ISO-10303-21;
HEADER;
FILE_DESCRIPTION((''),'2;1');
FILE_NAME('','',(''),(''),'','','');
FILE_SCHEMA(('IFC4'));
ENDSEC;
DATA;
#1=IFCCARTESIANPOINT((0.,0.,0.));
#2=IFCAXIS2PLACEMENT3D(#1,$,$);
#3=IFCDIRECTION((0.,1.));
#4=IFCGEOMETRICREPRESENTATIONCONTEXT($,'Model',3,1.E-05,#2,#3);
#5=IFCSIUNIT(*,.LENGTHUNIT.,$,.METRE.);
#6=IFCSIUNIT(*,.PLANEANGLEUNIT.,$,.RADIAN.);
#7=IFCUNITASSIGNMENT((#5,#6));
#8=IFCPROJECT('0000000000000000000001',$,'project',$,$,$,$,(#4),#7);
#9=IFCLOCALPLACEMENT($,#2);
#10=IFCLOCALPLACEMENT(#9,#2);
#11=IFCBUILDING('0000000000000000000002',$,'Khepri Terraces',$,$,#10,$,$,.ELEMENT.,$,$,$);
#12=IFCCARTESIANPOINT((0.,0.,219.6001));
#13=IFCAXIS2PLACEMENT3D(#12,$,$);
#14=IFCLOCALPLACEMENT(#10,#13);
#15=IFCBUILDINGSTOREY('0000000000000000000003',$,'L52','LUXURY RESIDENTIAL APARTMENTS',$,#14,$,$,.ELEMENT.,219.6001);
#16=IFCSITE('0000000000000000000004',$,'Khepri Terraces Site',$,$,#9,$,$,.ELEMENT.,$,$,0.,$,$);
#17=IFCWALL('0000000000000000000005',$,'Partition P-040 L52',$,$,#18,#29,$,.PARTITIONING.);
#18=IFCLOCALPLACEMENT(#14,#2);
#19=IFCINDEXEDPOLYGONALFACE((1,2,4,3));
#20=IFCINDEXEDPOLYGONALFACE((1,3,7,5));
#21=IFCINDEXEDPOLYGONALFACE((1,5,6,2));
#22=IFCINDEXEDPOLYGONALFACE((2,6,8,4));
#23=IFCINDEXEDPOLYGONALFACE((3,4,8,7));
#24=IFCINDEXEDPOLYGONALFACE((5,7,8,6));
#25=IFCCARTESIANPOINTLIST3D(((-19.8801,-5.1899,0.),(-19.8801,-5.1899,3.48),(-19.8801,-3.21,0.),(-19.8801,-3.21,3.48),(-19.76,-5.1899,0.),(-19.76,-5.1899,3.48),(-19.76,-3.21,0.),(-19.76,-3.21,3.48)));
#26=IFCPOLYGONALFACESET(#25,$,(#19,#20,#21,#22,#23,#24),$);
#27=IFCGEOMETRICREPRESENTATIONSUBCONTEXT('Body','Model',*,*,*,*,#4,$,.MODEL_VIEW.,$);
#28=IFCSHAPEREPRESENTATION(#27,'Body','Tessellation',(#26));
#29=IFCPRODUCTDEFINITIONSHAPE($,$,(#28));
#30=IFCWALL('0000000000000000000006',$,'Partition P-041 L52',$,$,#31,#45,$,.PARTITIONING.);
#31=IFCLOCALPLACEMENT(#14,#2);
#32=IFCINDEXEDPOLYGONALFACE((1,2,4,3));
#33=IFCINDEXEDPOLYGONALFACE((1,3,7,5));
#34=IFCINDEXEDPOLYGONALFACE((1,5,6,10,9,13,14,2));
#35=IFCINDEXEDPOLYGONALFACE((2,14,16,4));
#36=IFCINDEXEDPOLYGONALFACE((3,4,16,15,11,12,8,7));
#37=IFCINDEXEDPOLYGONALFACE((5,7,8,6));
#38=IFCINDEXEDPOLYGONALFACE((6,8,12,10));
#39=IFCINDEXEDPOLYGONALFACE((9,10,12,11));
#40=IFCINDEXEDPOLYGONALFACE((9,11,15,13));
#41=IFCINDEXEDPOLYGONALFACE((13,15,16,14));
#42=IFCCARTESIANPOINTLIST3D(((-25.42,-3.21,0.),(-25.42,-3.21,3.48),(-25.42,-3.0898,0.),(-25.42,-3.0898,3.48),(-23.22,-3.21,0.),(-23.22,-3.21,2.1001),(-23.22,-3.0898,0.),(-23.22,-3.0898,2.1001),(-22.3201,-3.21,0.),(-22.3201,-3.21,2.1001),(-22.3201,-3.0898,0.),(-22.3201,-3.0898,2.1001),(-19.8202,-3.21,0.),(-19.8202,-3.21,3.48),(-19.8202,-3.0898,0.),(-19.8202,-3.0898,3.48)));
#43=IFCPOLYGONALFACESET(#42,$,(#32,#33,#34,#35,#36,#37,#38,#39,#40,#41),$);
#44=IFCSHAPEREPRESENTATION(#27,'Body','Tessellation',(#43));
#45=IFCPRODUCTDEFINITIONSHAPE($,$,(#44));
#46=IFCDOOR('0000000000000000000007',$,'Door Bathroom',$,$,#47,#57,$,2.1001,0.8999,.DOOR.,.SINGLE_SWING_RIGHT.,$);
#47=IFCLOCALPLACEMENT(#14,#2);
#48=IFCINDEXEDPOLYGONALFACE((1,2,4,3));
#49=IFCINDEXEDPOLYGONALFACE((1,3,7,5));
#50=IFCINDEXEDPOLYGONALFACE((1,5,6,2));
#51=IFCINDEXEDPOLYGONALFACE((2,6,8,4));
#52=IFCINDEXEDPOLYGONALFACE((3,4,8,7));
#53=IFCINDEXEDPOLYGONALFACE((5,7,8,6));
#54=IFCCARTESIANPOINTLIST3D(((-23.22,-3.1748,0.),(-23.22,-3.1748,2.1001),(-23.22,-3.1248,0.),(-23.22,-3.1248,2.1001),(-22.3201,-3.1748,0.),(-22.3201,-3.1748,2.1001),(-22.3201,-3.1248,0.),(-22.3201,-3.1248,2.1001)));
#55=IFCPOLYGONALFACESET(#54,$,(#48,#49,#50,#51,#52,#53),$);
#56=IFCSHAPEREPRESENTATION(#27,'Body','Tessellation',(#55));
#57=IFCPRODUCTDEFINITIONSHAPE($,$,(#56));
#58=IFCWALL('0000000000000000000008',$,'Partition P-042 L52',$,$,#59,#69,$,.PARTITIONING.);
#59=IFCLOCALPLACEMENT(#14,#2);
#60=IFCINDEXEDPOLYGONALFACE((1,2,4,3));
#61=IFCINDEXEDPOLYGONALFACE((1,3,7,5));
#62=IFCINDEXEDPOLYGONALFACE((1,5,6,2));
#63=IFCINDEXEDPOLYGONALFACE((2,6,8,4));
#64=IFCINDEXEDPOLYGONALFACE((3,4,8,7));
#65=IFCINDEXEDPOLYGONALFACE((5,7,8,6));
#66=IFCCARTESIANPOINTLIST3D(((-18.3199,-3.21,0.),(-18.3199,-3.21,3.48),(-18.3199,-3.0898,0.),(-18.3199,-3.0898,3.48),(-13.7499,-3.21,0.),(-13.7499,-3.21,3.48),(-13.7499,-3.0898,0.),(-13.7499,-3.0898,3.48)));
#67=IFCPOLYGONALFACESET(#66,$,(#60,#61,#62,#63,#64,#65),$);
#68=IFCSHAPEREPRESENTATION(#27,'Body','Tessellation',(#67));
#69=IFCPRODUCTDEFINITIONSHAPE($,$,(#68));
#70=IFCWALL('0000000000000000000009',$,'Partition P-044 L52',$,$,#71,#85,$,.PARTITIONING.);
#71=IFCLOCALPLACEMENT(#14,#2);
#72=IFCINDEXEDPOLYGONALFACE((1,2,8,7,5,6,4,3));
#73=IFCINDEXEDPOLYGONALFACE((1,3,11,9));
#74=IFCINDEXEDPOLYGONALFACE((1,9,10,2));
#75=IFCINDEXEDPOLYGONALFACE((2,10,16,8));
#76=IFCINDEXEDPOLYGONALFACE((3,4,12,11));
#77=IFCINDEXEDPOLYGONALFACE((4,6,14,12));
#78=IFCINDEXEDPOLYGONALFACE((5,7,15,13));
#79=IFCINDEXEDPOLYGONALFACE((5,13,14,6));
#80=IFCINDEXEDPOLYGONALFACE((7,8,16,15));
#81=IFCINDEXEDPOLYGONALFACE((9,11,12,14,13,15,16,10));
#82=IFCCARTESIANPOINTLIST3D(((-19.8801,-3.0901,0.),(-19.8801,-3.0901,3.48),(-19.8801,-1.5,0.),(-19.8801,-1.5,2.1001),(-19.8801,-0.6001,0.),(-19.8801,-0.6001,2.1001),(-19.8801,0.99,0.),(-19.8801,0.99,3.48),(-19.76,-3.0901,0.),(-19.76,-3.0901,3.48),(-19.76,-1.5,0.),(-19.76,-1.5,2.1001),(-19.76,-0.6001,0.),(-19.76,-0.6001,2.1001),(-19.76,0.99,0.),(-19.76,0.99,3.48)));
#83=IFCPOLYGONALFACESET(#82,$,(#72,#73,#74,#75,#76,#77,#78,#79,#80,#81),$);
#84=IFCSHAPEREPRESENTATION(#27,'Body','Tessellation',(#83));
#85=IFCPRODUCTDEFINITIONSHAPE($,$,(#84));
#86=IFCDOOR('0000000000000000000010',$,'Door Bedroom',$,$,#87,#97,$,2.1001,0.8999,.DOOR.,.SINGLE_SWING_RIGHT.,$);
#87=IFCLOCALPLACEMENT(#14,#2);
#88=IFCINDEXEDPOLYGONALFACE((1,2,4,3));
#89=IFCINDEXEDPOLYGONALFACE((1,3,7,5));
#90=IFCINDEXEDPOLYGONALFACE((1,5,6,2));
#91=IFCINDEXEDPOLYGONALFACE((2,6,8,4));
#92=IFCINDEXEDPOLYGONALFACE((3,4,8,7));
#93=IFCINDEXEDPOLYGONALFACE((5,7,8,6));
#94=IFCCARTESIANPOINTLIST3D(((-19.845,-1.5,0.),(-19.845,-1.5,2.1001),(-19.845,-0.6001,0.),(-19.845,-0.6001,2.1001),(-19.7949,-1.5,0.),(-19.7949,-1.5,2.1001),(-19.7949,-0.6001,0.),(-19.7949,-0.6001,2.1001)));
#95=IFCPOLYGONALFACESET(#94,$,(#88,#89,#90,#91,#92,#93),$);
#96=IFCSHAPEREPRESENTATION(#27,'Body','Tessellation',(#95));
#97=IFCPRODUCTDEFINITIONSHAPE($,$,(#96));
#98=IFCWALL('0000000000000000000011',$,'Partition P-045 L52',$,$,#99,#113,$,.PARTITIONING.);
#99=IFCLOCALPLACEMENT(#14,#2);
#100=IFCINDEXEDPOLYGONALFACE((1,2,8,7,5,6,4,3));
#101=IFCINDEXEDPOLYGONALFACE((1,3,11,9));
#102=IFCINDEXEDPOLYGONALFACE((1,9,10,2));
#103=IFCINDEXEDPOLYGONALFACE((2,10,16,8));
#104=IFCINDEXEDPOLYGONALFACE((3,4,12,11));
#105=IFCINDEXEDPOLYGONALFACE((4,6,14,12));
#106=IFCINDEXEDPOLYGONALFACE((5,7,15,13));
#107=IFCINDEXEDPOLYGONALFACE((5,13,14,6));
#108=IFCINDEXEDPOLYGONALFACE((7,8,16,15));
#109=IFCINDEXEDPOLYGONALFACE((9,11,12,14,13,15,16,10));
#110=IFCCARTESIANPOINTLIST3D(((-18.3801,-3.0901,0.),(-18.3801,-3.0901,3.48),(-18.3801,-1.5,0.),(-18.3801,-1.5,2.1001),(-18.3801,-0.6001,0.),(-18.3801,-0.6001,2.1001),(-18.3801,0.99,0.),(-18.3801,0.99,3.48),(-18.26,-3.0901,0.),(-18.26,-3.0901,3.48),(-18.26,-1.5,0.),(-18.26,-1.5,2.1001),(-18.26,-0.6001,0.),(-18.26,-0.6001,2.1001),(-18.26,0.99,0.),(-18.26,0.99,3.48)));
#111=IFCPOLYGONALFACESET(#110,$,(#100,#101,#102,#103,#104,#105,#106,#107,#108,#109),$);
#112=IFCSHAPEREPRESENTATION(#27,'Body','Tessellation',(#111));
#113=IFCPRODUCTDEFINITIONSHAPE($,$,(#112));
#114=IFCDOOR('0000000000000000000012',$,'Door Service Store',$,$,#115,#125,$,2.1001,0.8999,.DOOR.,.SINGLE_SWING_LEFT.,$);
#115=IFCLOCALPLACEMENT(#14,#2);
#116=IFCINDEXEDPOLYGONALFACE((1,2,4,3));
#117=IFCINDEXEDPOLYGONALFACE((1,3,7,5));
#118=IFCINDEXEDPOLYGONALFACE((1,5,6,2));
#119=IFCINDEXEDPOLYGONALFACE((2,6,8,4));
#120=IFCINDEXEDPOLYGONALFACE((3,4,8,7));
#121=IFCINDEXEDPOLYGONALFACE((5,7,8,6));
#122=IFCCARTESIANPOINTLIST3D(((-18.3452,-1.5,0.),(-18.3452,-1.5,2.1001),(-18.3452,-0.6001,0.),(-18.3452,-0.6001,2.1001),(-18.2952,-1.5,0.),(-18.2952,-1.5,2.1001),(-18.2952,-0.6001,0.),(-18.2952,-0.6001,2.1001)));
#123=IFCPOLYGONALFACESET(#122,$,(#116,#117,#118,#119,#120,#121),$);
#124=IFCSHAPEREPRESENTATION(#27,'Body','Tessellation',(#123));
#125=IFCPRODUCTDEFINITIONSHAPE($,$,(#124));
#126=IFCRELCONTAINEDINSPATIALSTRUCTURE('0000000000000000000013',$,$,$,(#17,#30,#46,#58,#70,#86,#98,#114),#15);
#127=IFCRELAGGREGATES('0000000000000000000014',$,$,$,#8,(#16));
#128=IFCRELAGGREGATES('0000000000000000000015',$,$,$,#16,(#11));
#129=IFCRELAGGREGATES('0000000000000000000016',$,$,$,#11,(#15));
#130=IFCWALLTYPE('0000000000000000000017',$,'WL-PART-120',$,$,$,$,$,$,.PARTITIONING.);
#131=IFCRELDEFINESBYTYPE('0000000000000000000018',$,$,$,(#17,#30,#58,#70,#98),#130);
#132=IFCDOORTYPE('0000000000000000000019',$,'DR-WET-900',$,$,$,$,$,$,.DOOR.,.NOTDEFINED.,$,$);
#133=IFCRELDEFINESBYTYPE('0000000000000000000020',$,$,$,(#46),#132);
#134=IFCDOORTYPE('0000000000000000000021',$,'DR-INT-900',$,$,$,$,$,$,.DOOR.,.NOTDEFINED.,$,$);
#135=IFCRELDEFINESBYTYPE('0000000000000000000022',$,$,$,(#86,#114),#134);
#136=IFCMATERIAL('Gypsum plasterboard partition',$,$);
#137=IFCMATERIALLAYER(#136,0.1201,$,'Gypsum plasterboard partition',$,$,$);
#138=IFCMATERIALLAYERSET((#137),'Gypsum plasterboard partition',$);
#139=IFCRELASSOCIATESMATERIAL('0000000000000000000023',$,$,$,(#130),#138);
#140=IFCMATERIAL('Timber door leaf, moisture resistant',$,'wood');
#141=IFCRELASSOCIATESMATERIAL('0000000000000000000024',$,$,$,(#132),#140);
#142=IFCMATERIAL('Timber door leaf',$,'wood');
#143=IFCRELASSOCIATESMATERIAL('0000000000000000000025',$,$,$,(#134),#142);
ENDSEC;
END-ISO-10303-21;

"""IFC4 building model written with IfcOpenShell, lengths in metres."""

from ifc_helpers import new_model, si_unit, direction, frame, frame_2d, origin, place, context, subcontext, project, spatial, rectangle, extrude, material, layer, layer_set, type_object, element, fill, save


model = new_model("IFC4")

# Units and contexts
model_context = context("Model", 3, precision=1e-05, world=origin(), true_north=direction((0.0, 1.0)))
body_context = subcontext(model_context, "Body", "Model", "MODEL_VIEW")
ifc_project = project(units=[si_unit("LENGTHUNIT", "METRE"), si_unit("PLANEANGLEUNIT", "RADIAN")], contexts=[model_context])

# Site, building, storey
site_placement = place(None, origin())
site = spatial("IfcSite", under=ifc_project, at=site_placement, Name="Khepri Terraces Site", CompositionType="ELEMENT", RefElevation=0.0)
building_placement = place(site_placement, origin())
building = spatial("IfcBuilding", under=site, at=building_placement, Name="Khepri Terraces", CompositionType="ELEMENT")
storey_placement = place(building_placement, frame((0.0, 0.0, 219.6001)))
storey = spatial("IfcBuildingStorey", under=building, at=storey_placement, Name="L52", Description="LUXURY RESIDENTIAL APARTMENTS", CompositionType="ELEMENT", Elevation=219.6001)

# Shared definitions
ifc_material_1 = material(Name="Gypsum plasterboard partition")
ifc_layer_1 = layer(ifc_material_1, 0.1201, Name="Gypsum plasterboard partition")
ifc_layer_set_1 = layer_set([ifc_layer_1], Name="Gypsum plasterboard partition")
wall_type_1 = type_object("IfcWallType", Name="WL-PART-120", PredefinedType="PARTITIONING", material=ifc_layer_set_1)

# Shared definitions
ifc_material_2 = material(Name="Timber door leaf, moisture resistant", Category="wood")
door_type_1 = type_object("IfcDoorType", Name="DR-WET-900", OperationType="NOTDEFINED", PredefinedType="DOOR", material=ifc_material_2)

# Shared definitions
ifc_material_3 = material(Name="Timber door leaf", Category="wood")
door_type_2 = type_object("IfcDoorType", Name="DR-INT-900", OperationType="NOTDEFINED", PredefinedType="DOOR", material=ifc_material_3)

# Wall
wall_1_placement = place(storey_placement, frame((-19.8201, -5.1899, 0.0), z_axis=(0.0, 0.0, 1.0), x_axis=(0.0, 1.0, 0.0)))
element("IfcWall", 1, at=wall_1_placement, inside=storey, type_object=wall_type_1, Name="Partition P-040 L52", PredefinedType="PARTITIONING", context=body_context, shape_type="SweptSolid", body=[
    extrude(rectangle(XDim=1.98, YDim=0.1201, at=frame_2d((0.99, 0.0))), origin(), (0.0, 0.0, 1.0), 3.48),
])

# Wall, opening, door
wall_2_placement = place(storey_placement, frame((-25.4199, -3.1499, 0.0), z_axis=(0.0, 0.0, 1.0), x_axis=(1.0, 0.0, 0.0)))
wall_2 = element("IfcWall", 2, at=wall_2_placement, inside=storey, type_object=wall_type_1, Name="Partition P-041 L52", PredefinedType="PARTITIONING", context=body_context, shape_type="SweptSolid", body=[
    extrude(rectangle(XDim=5.5999, YDim=0.1201, at=frame_2d((2.7998, 0.0))), origin(), (0.0, 0.0, 1.0), 3.48),
])
opening_1_placement = place(wall_2_placement, frame((2.2, 0.0, 0.0)))
opening_1 = element("IfcOpeningElement", 3, at=opening_1_placement, cuts=wall_2, PredefinedType="OPENING", context=body_context, shape_type="SweptSolid", body=[
    extrude(rectangle(XDim=0.8999, YDim=2.1001, at=frame_2d((0.45, 1.05))), frame((0.0, 0.0701, 0.0), z_axis=(0.0, -1.0, 0.0), x_axis=(1.0, 0.0, 0.0)), (0.0, 0.0, 1.0), 0.1401),
])
door_1_placement = place(opening_1_placement, frame((0.8999, 0.0, 0.0), z_axis=(0.0, 0.0, 1.0), x_axis=(-1.0, 0.0, 0.0)))
door_1 = element("IfcDoor", 4, at=door_1_placement, inside=storey, type_object=door_type_1, Name="Door Bathroom", OperationType="SINGLE_SWING_RIGHT", OverallHeight=2.1001, OverallWidth=0.8999, PredefinedType="DOOR", context=body_context, shape_type="SweptSolid", body=[
    extrude(rectangle(XDim=0.8999, YDim=2.1001, at=frame_2d((0.45, 1.05))), frame((0.0, 0.0249, 0.0), z_axis=(0.0, -1.0, 0.0), x_axis=(1.0, 0.0, 0.0)), (0.0, 0.0, 1.0), 0.05),
])
fill(opening_1, door_1)

# Wall
wall_3_placement = place(storey_placement, frame((-18.3201, -3.1499, 0.0), z_axis=(0.0, 0.0, 1.0), x_axis=(1.0, 0.0, 0.0)))
element("IfcWall", 5, at=wall_3_placement, inside=storey, type_object=wall_type_1, Name="Partition P-042 L52", PredefinedType="PARTITIONING", context=body_context, shape_type="SweptSolid", body=[
    extrude(rectangle(XDim=4.5701, YDim=0.1201, at=frame_2d((2.2852, 0.0))), origin(), (0.0, 0.0, 1.0), 3.48),
])

# Walls, openings, doors
wall_4_placement = place(storey_placement, frame((-19.8201, -3.0901, 0.0), z_axis=(0.0, 0.0, 1.0), x_axis=(0.0, 1.0, 0.0)))
wall_4 = element("IfcWall", 6, at=wall_4_placement, inside=storey, type_object=wall_type_1, Name="Partition P-044 L52", PredefinedType="PARTITIONING", context=body_context, shape_type="SweptSolid", body=[
    extrude(rectangle(XDim=4.0801, YDim=0.1201, at=frame_2d((2.04, 0.0))), origin(), (0.0, 0.0, 1.0), 3.48),
])
opening_2_placement = place(wall_4_placement, frame((1.5901, 0.0, 0.0)))
opening_2 = element("IfcOpeningElement", 7, at=opening_2_placement, cuts=wall_4, PredefinedType="OPENING", context=body_context, shape_type="SweptSolid", body=[
    extrude(rectangle(XDim=0.8999, YDim=2.1001, at=frame_2d((0.45, 1.05))), frame((0.0, 0.0701, 0.0), z_axis=(0.0, -1.0, 0.0), x_axis=(1.0, 0.0, 0.0)), (0.0, 0.0, 1.0), 0.1401),
])
door_2_placement = place(opening_2_placement, origin())
door_2 = element("IfcDoor", 8, at=door_2_placement, inside=storey, type_object=door_type_2, Name="Door Bedroom", OperationType="SINGLE_SWING_RIGHT", OverallHeight=2.1001, OverallWidth=0.8999, PredefinedType="DOOR", context=body_context, shape_type="SweptSolid", body=[
    extrude(rectangle(XDim=0.8999, YDim=2.1001, at=frame_2d((0.45, 1.05))), frame((0.0, 0.0249, 0.0), z_axis=(0.0, -1.0, 0.0), x_axis=(1.0, 0.0, 0.0)), (0.0, 0.0, 1.0), 0.05),
])
fill(opening_2, door_2)
wall_5_placement = place(storey_placement, frame((-18.3201, -3.0901, 0.0), z_axis=(0.0, 0.0, 1.0), x_axis=(0.0, 1.0, 0.0)))
wall_5 = element("IfcWall", 9, at=wall_5_placement, inside=storey, type_object=wall_type_1, Name="Partition P-045 L52", PredefinedType="PARTITIONING", context=body_context, shape_type="SweptSolid", body=[
    extrude(rectangle(XDim=4.0801, YDim=0.1201, at=frame_2d((2.04, 0.0))), origin(), (0.0, 0.0, 1.0), 3.48),
])
opening_3_placement = place(wall_5_placement, frame((1.5901, 0.0, 0.0)))
opening_3 = element("IfcOpeningElement", 10, at=opening_3_placement, cuts=wall_5, PredefinedType="OPENING", context=body_context, shape_type="SweptSolid", body=[
    extrude(rectangle(XDim=0.8999, YDim=2.1001, at=frame_2d((0.45, 1.05))), frame((0.0, 0.0701, 0.0), z_axis=(0.0, -1.0, 0.0), x_axis=(1.0, 0.0, 0.0)), (0.0, 0.0, 1.0), 0.1401),
])
door_3_placement = place(opening_3_placement, frame((0.8999, 0.0, 0.0), z_axis=(0.0, 0.0, 1.0), x_axis=(-1.0, 0.0, 0.0)))
door_3 = element("IfcDoor", 11, at=door_3_placement, inside=storey, type_object=door_type_2, Name="Door Service Store", OperationType="SINGLE_SWING_LEFT", OverallHeight=2.1001, OverallWidth=0.8999, PredefinedType="DOOR", context=body_context, shape_type="SweptSolid", body=[
    extrude(rectangle(XDim=0.8999, YDim=2.1001, at=frame_2d((0.45, 1.05))), frame((0.0, 0.0249, 0.0), z_axis=(0.0, -1.0, 0.0), x_axis=(1.0, 0.0, 0.0)), (0.0, 0.0, 1.0), 0.05),
])
fill(opening_3, door_3)

save(model, "model.ifc")
